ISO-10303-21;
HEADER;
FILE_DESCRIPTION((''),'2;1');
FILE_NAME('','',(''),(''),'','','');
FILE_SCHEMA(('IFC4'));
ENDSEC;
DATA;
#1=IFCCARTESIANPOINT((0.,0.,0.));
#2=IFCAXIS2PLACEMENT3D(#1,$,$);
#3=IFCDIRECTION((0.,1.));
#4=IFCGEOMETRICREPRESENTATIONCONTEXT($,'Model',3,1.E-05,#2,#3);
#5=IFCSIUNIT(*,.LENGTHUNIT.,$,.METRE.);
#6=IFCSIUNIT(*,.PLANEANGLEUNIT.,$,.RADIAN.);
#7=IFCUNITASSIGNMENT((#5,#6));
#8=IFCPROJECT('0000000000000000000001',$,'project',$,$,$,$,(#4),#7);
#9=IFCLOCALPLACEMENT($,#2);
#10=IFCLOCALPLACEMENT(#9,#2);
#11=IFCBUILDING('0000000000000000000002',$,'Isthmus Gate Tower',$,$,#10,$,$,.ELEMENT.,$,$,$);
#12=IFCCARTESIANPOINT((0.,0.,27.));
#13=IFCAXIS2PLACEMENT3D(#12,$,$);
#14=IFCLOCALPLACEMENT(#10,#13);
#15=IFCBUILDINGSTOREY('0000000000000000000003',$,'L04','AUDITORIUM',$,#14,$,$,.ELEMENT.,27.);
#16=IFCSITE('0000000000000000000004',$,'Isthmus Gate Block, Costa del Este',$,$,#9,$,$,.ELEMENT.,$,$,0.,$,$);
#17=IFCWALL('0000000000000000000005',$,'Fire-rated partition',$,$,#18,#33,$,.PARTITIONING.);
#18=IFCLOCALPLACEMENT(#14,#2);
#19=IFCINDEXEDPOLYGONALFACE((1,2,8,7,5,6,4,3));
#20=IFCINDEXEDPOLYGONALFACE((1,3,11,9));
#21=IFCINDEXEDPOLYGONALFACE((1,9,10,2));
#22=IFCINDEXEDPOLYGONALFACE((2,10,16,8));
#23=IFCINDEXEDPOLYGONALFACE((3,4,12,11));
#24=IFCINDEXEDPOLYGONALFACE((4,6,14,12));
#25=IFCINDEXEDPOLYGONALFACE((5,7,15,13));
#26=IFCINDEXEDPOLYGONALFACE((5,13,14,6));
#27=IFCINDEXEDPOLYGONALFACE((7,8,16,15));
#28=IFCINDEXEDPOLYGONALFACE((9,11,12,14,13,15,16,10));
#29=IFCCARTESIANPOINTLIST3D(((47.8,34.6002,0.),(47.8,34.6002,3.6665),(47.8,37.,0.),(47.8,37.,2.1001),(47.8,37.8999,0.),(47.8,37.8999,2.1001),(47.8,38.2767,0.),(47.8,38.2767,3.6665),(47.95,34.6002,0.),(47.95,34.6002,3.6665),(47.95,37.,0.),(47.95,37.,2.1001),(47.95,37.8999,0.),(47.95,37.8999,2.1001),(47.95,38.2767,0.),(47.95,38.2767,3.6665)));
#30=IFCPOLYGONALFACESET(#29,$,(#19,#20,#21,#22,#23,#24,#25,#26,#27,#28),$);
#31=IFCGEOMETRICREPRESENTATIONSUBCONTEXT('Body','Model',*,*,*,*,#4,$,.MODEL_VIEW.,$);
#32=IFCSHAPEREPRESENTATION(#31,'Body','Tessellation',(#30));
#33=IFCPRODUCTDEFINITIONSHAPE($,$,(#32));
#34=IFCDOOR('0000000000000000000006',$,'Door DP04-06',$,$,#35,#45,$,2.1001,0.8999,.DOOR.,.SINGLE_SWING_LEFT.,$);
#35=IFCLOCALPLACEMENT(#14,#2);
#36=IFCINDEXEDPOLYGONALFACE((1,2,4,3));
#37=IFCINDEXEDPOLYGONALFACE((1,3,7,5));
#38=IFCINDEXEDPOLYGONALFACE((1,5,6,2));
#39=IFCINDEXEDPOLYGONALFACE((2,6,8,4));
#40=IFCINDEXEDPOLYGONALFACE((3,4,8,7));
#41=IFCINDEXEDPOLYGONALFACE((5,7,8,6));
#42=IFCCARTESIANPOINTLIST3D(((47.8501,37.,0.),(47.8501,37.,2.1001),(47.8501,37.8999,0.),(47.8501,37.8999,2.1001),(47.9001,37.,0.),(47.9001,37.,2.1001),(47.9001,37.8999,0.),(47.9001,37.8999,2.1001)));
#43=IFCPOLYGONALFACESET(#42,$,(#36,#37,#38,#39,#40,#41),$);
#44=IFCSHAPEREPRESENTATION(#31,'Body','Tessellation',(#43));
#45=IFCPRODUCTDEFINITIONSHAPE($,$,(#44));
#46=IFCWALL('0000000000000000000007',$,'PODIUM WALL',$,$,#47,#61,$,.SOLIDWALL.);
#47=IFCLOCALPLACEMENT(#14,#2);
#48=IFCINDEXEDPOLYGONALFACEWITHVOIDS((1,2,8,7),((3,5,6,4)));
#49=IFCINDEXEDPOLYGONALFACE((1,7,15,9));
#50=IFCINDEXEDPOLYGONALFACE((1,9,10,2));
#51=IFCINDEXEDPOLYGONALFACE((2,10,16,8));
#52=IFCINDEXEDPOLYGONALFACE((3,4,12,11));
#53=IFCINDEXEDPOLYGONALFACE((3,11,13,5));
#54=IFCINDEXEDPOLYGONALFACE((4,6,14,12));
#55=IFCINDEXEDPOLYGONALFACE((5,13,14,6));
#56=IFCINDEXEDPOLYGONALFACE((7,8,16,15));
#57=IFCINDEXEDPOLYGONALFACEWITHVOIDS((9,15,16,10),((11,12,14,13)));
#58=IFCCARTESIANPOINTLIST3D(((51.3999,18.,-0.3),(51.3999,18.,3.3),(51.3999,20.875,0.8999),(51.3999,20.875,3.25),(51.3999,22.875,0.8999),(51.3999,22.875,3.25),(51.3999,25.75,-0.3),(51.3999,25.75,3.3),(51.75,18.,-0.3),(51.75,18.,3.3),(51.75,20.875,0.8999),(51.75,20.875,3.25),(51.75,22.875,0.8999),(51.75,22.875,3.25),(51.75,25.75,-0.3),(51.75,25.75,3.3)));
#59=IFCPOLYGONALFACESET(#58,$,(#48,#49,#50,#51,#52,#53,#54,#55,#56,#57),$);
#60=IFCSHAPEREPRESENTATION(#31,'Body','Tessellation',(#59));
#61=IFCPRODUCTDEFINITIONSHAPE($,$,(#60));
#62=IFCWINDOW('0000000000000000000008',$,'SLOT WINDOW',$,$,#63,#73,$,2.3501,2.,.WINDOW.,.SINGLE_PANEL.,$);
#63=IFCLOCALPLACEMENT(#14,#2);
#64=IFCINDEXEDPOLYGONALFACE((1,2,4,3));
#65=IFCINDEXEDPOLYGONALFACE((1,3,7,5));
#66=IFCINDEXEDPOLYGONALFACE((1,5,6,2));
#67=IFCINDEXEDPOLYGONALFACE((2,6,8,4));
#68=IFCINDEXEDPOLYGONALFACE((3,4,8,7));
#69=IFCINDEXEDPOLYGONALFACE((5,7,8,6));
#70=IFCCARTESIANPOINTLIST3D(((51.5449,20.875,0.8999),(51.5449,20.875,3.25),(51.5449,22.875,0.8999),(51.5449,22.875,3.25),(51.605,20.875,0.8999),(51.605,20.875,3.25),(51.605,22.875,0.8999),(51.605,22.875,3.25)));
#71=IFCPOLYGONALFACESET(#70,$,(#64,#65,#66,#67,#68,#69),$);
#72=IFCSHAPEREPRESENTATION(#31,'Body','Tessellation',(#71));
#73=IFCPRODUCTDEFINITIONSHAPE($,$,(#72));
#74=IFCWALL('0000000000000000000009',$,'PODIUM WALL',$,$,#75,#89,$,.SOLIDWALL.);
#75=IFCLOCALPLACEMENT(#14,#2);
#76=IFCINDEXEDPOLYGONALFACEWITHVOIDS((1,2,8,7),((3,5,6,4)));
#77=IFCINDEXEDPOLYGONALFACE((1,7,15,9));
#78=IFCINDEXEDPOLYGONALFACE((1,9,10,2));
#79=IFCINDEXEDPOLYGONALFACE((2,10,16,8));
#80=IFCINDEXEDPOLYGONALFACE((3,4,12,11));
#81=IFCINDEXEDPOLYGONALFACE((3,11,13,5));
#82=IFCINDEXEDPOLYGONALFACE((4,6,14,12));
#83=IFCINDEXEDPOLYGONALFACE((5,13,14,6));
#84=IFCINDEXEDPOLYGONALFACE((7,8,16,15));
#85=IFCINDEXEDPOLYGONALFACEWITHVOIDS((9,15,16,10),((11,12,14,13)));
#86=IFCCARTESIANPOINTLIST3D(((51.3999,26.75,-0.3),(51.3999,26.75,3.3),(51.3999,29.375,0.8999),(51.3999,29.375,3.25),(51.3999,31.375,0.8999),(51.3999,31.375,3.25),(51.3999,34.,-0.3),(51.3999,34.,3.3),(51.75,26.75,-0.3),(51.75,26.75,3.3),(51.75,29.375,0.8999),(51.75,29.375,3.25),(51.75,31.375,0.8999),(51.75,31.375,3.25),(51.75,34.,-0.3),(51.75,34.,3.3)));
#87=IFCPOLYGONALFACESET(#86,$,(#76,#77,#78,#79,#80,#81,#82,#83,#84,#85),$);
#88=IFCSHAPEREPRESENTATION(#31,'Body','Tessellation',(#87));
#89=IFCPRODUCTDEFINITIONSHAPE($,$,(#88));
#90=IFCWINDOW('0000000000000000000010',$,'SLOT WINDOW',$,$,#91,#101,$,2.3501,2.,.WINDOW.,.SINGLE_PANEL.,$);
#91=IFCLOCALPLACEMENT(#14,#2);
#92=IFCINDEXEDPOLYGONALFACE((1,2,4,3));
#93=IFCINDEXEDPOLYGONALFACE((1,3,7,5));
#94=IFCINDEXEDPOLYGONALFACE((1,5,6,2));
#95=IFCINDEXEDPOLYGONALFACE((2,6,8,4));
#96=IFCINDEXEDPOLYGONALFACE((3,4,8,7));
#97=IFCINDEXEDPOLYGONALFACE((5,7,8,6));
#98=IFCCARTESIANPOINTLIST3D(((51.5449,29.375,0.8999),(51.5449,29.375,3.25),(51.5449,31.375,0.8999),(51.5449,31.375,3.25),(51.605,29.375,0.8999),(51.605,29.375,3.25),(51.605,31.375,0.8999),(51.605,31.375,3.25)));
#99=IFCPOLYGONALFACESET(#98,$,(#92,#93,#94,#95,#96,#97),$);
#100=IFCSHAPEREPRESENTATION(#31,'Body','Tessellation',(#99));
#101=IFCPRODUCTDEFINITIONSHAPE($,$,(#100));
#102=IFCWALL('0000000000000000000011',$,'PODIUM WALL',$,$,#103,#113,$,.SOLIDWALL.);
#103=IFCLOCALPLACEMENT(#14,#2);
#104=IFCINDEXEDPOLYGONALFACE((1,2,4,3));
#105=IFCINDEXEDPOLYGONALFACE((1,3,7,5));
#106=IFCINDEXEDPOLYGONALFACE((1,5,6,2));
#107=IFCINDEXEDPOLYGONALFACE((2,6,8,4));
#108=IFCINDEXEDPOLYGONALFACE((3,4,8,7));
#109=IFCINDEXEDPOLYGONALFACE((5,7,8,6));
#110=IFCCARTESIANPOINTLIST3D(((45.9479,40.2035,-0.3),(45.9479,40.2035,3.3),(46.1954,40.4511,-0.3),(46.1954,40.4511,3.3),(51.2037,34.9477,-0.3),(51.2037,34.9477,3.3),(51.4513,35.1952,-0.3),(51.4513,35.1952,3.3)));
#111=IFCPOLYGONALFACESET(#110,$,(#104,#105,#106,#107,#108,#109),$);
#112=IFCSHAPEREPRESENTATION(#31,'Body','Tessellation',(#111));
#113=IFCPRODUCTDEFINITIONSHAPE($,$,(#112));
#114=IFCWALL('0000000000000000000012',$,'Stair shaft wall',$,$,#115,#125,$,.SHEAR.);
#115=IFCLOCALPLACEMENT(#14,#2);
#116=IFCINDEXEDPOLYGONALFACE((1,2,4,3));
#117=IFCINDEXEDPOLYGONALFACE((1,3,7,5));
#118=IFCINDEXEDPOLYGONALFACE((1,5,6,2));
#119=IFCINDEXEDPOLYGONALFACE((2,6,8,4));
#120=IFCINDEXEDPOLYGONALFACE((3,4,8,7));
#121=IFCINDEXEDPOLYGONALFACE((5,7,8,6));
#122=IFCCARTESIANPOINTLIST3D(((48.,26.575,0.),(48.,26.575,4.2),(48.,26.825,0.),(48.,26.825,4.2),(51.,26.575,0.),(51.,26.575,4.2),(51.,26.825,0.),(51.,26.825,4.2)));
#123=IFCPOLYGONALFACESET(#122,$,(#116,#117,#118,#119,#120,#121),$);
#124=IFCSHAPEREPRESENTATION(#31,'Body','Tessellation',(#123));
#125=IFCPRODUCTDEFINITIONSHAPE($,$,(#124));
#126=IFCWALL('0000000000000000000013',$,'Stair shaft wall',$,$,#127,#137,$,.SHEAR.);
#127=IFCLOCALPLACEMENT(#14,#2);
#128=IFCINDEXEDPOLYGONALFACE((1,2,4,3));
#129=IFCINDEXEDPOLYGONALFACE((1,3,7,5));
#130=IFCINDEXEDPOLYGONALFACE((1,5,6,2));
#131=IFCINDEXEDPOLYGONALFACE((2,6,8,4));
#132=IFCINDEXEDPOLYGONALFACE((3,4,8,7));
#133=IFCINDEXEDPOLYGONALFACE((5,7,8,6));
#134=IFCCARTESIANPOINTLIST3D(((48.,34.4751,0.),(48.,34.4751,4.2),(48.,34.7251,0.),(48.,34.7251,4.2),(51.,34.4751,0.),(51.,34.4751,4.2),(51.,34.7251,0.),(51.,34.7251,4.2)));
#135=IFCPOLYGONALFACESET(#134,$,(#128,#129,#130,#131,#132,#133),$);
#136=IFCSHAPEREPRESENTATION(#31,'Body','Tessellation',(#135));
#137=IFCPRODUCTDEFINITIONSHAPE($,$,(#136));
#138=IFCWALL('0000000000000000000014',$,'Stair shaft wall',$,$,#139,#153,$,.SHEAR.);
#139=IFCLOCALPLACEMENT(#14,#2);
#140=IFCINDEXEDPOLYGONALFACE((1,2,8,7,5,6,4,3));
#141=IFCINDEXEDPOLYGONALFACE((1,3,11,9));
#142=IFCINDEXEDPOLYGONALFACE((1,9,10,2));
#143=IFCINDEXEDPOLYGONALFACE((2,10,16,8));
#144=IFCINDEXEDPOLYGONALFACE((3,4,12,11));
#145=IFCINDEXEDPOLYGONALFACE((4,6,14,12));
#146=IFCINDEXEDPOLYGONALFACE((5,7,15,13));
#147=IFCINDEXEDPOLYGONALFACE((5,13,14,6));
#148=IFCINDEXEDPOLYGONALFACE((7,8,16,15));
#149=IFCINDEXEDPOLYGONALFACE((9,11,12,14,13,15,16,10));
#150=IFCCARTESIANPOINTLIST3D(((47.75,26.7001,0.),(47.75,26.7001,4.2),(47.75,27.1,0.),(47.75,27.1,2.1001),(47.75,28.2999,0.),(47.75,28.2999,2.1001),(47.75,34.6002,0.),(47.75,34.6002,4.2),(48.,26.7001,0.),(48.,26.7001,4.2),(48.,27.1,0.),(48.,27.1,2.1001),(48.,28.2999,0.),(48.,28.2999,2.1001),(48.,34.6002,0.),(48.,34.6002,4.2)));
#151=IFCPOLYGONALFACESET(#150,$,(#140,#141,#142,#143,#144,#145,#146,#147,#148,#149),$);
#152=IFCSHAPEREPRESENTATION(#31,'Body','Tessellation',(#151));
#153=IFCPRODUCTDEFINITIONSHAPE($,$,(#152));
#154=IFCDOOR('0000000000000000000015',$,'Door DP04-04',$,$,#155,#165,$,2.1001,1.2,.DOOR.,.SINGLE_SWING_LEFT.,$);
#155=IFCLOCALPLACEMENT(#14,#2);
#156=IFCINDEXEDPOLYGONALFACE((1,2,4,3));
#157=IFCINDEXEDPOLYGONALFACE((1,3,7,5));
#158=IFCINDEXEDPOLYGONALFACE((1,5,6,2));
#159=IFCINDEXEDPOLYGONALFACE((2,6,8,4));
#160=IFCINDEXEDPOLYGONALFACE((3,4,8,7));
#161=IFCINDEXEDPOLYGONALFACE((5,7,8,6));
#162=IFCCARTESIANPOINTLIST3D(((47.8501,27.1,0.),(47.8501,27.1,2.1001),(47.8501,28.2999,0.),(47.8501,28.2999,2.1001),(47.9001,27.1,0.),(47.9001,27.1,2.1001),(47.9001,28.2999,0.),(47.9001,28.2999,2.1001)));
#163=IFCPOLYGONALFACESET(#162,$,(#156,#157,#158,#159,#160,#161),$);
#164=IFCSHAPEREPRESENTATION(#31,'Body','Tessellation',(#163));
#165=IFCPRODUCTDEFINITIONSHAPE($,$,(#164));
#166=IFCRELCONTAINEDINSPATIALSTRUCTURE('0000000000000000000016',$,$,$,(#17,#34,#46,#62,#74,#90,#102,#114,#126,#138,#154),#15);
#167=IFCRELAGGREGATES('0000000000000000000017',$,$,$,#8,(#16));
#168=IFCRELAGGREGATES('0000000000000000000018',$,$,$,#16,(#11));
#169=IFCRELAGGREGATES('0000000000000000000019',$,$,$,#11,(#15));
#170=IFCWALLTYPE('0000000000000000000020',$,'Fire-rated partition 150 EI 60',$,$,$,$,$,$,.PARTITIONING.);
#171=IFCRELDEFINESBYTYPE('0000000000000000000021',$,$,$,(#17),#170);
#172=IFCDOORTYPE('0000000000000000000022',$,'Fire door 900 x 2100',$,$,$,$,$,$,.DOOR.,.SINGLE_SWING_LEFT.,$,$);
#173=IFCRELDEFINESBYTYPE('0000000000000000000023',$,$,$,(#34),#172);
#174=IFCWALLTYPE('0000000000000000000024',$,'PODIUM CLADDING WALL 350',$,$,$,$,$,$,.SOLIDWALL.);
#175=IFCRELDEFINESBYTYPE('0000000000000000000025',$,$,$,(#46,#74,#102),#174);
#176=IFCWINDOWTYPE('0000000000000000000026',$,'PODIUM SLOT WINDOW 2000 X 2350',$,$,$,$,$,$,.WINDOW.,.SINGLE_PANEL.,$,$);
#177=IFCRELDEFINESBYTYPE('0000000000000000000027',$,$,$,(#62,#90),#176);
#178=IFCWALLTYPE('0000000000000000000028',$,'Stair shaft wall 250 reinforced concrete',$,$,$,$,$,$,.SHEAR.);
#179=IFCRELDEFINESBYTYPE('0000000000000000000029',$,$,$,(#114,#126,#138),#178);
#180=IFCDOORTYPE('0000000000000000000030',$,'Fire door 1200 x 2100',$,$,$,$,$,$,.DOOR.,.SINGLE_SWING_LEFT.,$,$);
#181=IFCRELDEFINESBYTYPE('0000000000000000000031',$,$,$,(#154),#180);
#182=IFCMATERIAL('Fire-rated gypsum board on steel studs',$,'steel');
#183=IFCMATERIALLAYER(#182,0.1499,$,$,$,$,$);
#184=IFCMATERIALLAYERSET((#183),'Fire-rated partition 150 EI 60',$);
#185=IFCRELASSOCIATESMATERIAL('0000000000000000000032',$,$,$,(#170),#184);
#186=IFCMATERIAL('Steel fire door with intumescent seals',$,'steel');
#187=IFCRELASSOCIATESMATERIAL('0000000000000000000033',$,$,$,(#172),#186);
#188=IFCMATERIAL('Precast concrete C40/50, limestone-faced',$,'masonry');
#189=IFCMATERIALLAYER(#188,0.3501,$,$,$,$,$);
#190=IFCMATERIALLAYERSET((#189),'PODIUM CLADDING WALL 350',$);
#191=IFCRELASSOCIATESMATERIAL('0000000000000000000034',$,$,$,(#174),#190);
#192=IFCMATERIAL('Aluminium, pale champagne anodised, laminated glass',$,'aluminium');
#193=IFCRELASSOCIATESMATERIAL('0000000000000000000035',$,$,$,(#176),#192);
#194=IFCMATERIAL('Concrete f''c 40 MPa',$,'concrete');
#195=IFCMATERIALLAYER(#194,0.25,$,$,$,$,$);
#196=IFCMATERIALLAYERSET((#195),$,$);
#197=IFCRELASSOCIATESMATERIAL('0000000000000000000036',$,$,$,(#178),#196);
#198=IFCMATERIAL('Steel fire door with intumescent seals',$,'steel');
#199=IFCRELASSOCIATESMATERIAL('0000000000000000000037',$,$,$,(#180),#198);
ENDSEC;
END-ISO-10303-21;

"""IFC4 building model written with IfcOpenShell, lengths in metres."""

from ifc_helpers import new_model, si_unit, direction, frame, frame_2d, origin, place, context, subcontext, project, spatial, rectangle, extrude, material, layer, layer_set, type_object, element, fill, save


model = new_model("IFC4")

# Units and contexts
model_context = context("Model", 3, precision=1e-05, world=origin(), true_north=direction((0.0, 1.0)))
body_context = subcontext(model_context, "Body", "Model", "MODEL_VIEW")
ifc_project = project(units=[si_unit("LENGTHUNIT", "METRE"), si_unit("PLANEANGLEUNIT", "RADIAN")], contexts=[model_context])

# Site, building, storey
site_placement = place(None, origin())
site = spatial("IfcSite", under=ifc_project, at=site_placement, Name="Isthmus Gate Block, Costa del Este", CompositionType="ELEMENT", RefElevation=0.0)
building_placement = place(site_placement, origin())
building = spatial("IfcBuilding", under=site, at=building_placement, Name="Isthmus Gate Tower", CompositionType="ELEMENT")
storey_placement = place(building_placement, frame((0.0, 0.0, 27.0)))
storey = spatial("IfcBuildingStorey", under=building, at=storey_placement, Name="L04", Description="AUDITORIUM", CompositionType="ELEMENT", Elevation=27.0)

# Shared definitions
ifc_material_1 = material(Name="Fire-rated gypsum board on steel studs", Category="steel")
ifc_layer_1 = layer(ifc_material_1, 0.1499)
ifc_layer_set_1 = layer_set([ifc_layer_1], Name="Fire-rated partition 150 EI 60")
wall_type_1 = type_object("IfcWallType", Name="Fire-rated partition 150 EI 60", PredefinedType="PARTITIONING", material=ifc_layer_set_1)

# Wall, opening, door
wall_1_placement = place(storey_placement, frame((47.875, 34.6001, 0.0), z_axis=(0.0, 0.0, 1.0), x_axis=(0.0, 1.0, 0.0)))
wall_1 = element("IfcWall", 1, at=wall_1_placement, inside=storey, type_object=wall_type_1, Name="Fire-rated partition", PredefinedType="PARTITIONING", context=body_context, shape_type="SweptSolid", body=[
    extrude(rectangle(XDim=3.6765, YDim=0.1499, at=frame_2d((1.8384, 0.0))), origin(), (0.0, 0.0, 1.0), 3.6665),
])
opening_1_placement = place(wall_1_placement, frame((2.3999, 0.0, 0.0)))
opening_1 = element("IfcOpeningElement", 2, at=opening_1_placement, cuts=wall_1, PredefinedType="OPENING", context=body_context, shape_type="SweptSolid", body=[
    extrude(rectangle(XDim=0.8999, YDim=2.1001, at=frame_2d((0.45, 1.05))), frame((0.0, 0.085, 0.0), z_axis=(0.0, -1.0, 0.0), x_axis=(1.0, 0.0, 0.0)), (0.0, 0.0, 1.0), 0.1699),
])
ifc_material_2 = material(Name="Steel fire door with intumescent seals", Category="steel")
door_type_1 = type_object("IfcDoorType", Name="Fire door 900 x 2100", OperationType="SINGLE_SWING_LEFT", PredefinedType="DOOR", material=ifc_material_2)
door_1_placement = place(opening_1_placement, origin())
door_1 = element("IfcDoor", 3, at=door_1_placement, inside=storey, type_object=door_type_1, Name="Door DP04-06", OperationType="SINGLE_SWING_LEFT", OverallHeight=2.1001, OverallWidth=0.8999, PredefinedType="DOOR", context=body_context, shape_type="SweptSolid", body=[
    extrude(rectangle(XDim=0.8999, YDim=2.1001, at=frame_2d((0.45, 1.05))), frame((0.0, 0.0249, 0.0), z_axis=(0.0, -1.0, 0.0), x_axis=(1.0, 0.0, 0.0)), (0.0, 0.0, 1.0), 0.05),
])
fill(opening_1, door_1)

# Walls, openings, windows
ifc_material_3 = material(Name="Precast concrete C40/50, limestone-faced", Category="masonry")
ifc_layer_2 = layer(ifc_material_3, 0.3501)
ifc_layer_set_2 = layer_set([ifc_layer_2], Name="PODIUM CLADDING WALL 350")
wall_type_2 = type_object("IfcWallType", Name="PODIUM CLADDING WALL 350", PredefinedType="SOLIDWALL", material=ifc_layer_set_2)
wall_2_placement = place(storey_placement, frame((51.575, 18.0, -0.3), z_axis=(0.0, 0.0, 1.0), x_axis=(0.0, 1.0, 0.0)))
wall_2 = element("IfcWall", 4, at=wall_2_placement, inside=storey, type_object=wall_type_2, Name="PODIUM WALL", PredefinedType="SOLIDWALL", context=body_context, shape_type="SweptSolid", body=[
    extrude(rectangle(XDim=7.75, YDim=0.3501, at=frame_2d((3.875, 0.0))), origin(), (0.0, 0.0, 1.0), 3.6001),
])
opening_2_placement = place(wall_2_placement, frame((2.875, 0.0, 1.2)))
opening_2 = element("IfcOpeningElement", 5, at=opening_2_placement, cuts=wall_2, PredefinedType="OPENING", context=body_context, shape_type="SweptSolid", body=[
    extrude(rectangle(XDim=2.0, YDim=2.3501, at=frame_2d((1.0, 1.175))), frame((0.0, 0.1851, 0.0), z_axis=(0.0, -1.0, 0.0), x_axis=(1.0, 0.0, 0.0)), (0.0, 0.0, 1.0), 0.3701),
])
ifc_material_4 = material(Name="Aluminium, pale champagne anodised, laminated glass", Category="aluminium")
window_type = type_object("IfcWindowType", Name="PODIUM SLOT WINDOW 2000 X 2350", PartitioningType="SINGLE_PANEL", PredefinedType="WINDOW", material=ifc_material_4)
window_1_placement = place(opening_2_placement, origin())
window_1 = element("IfcWindow", 6, at=window_1_placement, inside=storey, type_object=window_type, Name="SLOT WINDOW", OverallHeight=2.3501, OverallWidth=2.0, PartitioningType="SINGLE_PANEL", PredefinedType="WINDOW", context=body_context, shape_type="SweptSolid", body=[
    extrude(rectangle(XDim=2.0, YDim=2.3501, at=frame_2d((1.0, 1.175))), frame((0.0, 0.03, 0.0), z_axis=(0.0, -1.0, 0.0), x_axis=(1.0, 0.0, 0.0)), (0.0, 0.0, 1.0), 0.0601),
])
fill(opening_2, window_1)
wall_3_placement = place(storey_placement, frame((51.575, 26.75, -0.3), z_axis=(0.0, 0.0, 1.0), x_axis=(0.0, 1.0, 0.0)))
wall_3 = element("IfcWall", 7, at=wall_3_placement, inside=storey, type_object=wall_type_2, Name="PODIUM WALL", PredefinedType="SOLIDWALL", context=body_context, shape_type="SweptSolid", body=[
    extrude(rectangle(XDim=7.25, YDim=0.3501, at=frame_2d((3.625, 0.0))), origin(), (0.0, 0.0, 1.0), 3.6001),
])
opening_3_placement = place(wall_3_placement, frame((2.625, 0.0, 1.2)))
opening_3 = element("IfcOpeningElement", 8, at=opening_3_placement, cuts=wall_3, PredefinedType="OPENING", context=body_context, shape_type="SweptSolid", body=[
    extrude(rectangle(XDim=2.0, YDim=2.3501, at=frame_2d((1.0, 1.175))), frame((0.0, 0.1851, 0.0), z_axis=(0.0, -1.0, 0.0), x_axis=(1.0, 0.0, 0.0)), (0.0, 0.0, 1.0), 0.3701),
])
window_2_placement = place(opening_3_placement, origin())
window_2 = element("IfcWindow", 9, at=window_2_placement, inside=storey, type_object=window_type, Name="SLOT WINDOW", OverallHeight=2.3501, OverallWidth=2.0, PartitioningType="SINGLE_PANEL", PredefinedType="WINDOW", context=body_context, shape_type="SweptSolid", body=[
    extrude(rectangle(XDim=2.0, YDim=2.3501, at=frame_2d((1.0, 1.175))), frame((0.0, 0.03, 0.0), z_axis=(0.0, -1.0, 0.0), x_axis=(1.0, 0.0, 0.0)), (0.0, 0.0, 1.0), 0.0601),
])
fill(opening_3, window_2)

# Walls
wall_4_placement = place(storey_placement, frame((51.3274, 35.0715, -0.3), z_axis=(0.0, 0.0, 1.0), x_axis=(-0.707107, 0.707107, 0.0)))
element("IfcWall", 10, at=wall_4_placement, inside=storey, type_object=wall_type_2, Name="PODIUM WALL", PredefinedType="SOLIDWALL", context=body_context, shape_type="SweptSolid", body=[
    extrude(rectangle(XDim=7.4329, YDim=0.3501, at=frame_2d((3.7163, 0.0))), origin(), (0.0, 0.0, 1.0), 3.6001),
])
ifc_material_5 = material(Name="Concrete f'c 40 MPa", Category="concrete")
ifc_layer_3 = layer(ifc_material_5, 0.25)
ifc_layer_set_3 = layer_set([ifc_layer_3])
wall_type_3 = type_object("IfcWallType", Name="Stair shaft wall 250 reinforced concrete", PredefinedType="SHEAR", material=ifc_layer_set_3)
for number, where, z_axis, x_axis, name in (
    (11, (48.0, 26.7, 0.0), (0.0, 0.0, 1.0), (1.0, 0.0, 0.0), "Stair shaft wall"),
    (12, (48.0, 34.6001, 0.0), (0.0, 0.0, 1.0), (1.0, 0.0, 0.0), "Stair shaft wall"),
):
    element("IfcWall", number, at=place(storey_placement, frame(where, z_axis=z_axis, x_axis=x_axis)), inside=storey, type_object=wall_type_3, Name=name, PredefinedType="SHEAR", context=body_context, shape_type="SweptSolid", body=[
        extrude(rectangle(XDim=3.0, YDim=0.25, at=frame_2d((1.5, 0.0))), origin(), (0.0, 0.0, 1.0), 4.2),
    ])

# Wall, opening, door
wall_5_placement = place(storey_placement, frame((47.875, 26.7, 0.0), z_axis=(0.0, 0.0, 1.0), x_axis=(0.0, 1.0, 0.0)))
wall_5 = element("IfcWall", 13, at=wall_5_placement, inside=storey, type_object=wall_type_3, Name="Stair shaft wall", PredefinedType="SHEAR", context=body_context, shape_type="SweptSolid", body=[
    extrude(rectangle(XDim=7.9001, YDim=0.25, at=frame_2d((3.9502, 0.0))), origin(), (0.0, 0.0, 1.0), 4.2),
])
opening_4_placement = place(wall_5_placement, frame((0.3999, 0.0, 0.0)))
opening_4 = element("IfcOpeningElement", 14, at=opening_4_placement, cuts=wall_5, PredefinedType="OPENING", context=body_context, shape_type="SweptSolid", body=[
    extrude(rectangle(XDim=1.2, YDim=2.1001, at=frame_2d((0.6001, 1.05))), frame((0.0, 0.135, 0.0), z_axis=(0.0, -1.0, 0.0), x_axis=(1.0, 0.0, 0.0)), (0.0, 0.0, 1.0), 0.27),
])
ifc_material_6 = material(Name="Steel fire door with intumescent seals", Category="steel")
door_type_2 = type_object("IfcDoorType", Name="Fire door 1200 x 2100", OperationType="SINGLE_SWING_LEFT", PredefinedType="DOOR", material=ifc_material_6)
door_2_placement = place(opening_4_placement, origin())
door_2 = element("IfcDoor", 15, at=door_2_placement, inside=storey, type_object=door_type_2, Name="Door DP04-04", OperationType="SINGLE_SWING_LEFT", OverallHeight=2.1001, OverallWidth=1.2, PredefinedType="DOOR", context=body_context, shape_type="SweptSolid", body=[
    extrude(rectangle(XDim=1.2, YDim=2.1001, at=frame_2d((0.6001, 1.05))), frame((0.0, 0.0249, 0.0), z_axis=(0.0, -1.0, 0.0), x_axis=(1.0, 0.0, 0.0)), (0.0, 0.0, 1.0), 0.05),
])
fill(opening_4, door_2)

save(model, "model.ifc")
